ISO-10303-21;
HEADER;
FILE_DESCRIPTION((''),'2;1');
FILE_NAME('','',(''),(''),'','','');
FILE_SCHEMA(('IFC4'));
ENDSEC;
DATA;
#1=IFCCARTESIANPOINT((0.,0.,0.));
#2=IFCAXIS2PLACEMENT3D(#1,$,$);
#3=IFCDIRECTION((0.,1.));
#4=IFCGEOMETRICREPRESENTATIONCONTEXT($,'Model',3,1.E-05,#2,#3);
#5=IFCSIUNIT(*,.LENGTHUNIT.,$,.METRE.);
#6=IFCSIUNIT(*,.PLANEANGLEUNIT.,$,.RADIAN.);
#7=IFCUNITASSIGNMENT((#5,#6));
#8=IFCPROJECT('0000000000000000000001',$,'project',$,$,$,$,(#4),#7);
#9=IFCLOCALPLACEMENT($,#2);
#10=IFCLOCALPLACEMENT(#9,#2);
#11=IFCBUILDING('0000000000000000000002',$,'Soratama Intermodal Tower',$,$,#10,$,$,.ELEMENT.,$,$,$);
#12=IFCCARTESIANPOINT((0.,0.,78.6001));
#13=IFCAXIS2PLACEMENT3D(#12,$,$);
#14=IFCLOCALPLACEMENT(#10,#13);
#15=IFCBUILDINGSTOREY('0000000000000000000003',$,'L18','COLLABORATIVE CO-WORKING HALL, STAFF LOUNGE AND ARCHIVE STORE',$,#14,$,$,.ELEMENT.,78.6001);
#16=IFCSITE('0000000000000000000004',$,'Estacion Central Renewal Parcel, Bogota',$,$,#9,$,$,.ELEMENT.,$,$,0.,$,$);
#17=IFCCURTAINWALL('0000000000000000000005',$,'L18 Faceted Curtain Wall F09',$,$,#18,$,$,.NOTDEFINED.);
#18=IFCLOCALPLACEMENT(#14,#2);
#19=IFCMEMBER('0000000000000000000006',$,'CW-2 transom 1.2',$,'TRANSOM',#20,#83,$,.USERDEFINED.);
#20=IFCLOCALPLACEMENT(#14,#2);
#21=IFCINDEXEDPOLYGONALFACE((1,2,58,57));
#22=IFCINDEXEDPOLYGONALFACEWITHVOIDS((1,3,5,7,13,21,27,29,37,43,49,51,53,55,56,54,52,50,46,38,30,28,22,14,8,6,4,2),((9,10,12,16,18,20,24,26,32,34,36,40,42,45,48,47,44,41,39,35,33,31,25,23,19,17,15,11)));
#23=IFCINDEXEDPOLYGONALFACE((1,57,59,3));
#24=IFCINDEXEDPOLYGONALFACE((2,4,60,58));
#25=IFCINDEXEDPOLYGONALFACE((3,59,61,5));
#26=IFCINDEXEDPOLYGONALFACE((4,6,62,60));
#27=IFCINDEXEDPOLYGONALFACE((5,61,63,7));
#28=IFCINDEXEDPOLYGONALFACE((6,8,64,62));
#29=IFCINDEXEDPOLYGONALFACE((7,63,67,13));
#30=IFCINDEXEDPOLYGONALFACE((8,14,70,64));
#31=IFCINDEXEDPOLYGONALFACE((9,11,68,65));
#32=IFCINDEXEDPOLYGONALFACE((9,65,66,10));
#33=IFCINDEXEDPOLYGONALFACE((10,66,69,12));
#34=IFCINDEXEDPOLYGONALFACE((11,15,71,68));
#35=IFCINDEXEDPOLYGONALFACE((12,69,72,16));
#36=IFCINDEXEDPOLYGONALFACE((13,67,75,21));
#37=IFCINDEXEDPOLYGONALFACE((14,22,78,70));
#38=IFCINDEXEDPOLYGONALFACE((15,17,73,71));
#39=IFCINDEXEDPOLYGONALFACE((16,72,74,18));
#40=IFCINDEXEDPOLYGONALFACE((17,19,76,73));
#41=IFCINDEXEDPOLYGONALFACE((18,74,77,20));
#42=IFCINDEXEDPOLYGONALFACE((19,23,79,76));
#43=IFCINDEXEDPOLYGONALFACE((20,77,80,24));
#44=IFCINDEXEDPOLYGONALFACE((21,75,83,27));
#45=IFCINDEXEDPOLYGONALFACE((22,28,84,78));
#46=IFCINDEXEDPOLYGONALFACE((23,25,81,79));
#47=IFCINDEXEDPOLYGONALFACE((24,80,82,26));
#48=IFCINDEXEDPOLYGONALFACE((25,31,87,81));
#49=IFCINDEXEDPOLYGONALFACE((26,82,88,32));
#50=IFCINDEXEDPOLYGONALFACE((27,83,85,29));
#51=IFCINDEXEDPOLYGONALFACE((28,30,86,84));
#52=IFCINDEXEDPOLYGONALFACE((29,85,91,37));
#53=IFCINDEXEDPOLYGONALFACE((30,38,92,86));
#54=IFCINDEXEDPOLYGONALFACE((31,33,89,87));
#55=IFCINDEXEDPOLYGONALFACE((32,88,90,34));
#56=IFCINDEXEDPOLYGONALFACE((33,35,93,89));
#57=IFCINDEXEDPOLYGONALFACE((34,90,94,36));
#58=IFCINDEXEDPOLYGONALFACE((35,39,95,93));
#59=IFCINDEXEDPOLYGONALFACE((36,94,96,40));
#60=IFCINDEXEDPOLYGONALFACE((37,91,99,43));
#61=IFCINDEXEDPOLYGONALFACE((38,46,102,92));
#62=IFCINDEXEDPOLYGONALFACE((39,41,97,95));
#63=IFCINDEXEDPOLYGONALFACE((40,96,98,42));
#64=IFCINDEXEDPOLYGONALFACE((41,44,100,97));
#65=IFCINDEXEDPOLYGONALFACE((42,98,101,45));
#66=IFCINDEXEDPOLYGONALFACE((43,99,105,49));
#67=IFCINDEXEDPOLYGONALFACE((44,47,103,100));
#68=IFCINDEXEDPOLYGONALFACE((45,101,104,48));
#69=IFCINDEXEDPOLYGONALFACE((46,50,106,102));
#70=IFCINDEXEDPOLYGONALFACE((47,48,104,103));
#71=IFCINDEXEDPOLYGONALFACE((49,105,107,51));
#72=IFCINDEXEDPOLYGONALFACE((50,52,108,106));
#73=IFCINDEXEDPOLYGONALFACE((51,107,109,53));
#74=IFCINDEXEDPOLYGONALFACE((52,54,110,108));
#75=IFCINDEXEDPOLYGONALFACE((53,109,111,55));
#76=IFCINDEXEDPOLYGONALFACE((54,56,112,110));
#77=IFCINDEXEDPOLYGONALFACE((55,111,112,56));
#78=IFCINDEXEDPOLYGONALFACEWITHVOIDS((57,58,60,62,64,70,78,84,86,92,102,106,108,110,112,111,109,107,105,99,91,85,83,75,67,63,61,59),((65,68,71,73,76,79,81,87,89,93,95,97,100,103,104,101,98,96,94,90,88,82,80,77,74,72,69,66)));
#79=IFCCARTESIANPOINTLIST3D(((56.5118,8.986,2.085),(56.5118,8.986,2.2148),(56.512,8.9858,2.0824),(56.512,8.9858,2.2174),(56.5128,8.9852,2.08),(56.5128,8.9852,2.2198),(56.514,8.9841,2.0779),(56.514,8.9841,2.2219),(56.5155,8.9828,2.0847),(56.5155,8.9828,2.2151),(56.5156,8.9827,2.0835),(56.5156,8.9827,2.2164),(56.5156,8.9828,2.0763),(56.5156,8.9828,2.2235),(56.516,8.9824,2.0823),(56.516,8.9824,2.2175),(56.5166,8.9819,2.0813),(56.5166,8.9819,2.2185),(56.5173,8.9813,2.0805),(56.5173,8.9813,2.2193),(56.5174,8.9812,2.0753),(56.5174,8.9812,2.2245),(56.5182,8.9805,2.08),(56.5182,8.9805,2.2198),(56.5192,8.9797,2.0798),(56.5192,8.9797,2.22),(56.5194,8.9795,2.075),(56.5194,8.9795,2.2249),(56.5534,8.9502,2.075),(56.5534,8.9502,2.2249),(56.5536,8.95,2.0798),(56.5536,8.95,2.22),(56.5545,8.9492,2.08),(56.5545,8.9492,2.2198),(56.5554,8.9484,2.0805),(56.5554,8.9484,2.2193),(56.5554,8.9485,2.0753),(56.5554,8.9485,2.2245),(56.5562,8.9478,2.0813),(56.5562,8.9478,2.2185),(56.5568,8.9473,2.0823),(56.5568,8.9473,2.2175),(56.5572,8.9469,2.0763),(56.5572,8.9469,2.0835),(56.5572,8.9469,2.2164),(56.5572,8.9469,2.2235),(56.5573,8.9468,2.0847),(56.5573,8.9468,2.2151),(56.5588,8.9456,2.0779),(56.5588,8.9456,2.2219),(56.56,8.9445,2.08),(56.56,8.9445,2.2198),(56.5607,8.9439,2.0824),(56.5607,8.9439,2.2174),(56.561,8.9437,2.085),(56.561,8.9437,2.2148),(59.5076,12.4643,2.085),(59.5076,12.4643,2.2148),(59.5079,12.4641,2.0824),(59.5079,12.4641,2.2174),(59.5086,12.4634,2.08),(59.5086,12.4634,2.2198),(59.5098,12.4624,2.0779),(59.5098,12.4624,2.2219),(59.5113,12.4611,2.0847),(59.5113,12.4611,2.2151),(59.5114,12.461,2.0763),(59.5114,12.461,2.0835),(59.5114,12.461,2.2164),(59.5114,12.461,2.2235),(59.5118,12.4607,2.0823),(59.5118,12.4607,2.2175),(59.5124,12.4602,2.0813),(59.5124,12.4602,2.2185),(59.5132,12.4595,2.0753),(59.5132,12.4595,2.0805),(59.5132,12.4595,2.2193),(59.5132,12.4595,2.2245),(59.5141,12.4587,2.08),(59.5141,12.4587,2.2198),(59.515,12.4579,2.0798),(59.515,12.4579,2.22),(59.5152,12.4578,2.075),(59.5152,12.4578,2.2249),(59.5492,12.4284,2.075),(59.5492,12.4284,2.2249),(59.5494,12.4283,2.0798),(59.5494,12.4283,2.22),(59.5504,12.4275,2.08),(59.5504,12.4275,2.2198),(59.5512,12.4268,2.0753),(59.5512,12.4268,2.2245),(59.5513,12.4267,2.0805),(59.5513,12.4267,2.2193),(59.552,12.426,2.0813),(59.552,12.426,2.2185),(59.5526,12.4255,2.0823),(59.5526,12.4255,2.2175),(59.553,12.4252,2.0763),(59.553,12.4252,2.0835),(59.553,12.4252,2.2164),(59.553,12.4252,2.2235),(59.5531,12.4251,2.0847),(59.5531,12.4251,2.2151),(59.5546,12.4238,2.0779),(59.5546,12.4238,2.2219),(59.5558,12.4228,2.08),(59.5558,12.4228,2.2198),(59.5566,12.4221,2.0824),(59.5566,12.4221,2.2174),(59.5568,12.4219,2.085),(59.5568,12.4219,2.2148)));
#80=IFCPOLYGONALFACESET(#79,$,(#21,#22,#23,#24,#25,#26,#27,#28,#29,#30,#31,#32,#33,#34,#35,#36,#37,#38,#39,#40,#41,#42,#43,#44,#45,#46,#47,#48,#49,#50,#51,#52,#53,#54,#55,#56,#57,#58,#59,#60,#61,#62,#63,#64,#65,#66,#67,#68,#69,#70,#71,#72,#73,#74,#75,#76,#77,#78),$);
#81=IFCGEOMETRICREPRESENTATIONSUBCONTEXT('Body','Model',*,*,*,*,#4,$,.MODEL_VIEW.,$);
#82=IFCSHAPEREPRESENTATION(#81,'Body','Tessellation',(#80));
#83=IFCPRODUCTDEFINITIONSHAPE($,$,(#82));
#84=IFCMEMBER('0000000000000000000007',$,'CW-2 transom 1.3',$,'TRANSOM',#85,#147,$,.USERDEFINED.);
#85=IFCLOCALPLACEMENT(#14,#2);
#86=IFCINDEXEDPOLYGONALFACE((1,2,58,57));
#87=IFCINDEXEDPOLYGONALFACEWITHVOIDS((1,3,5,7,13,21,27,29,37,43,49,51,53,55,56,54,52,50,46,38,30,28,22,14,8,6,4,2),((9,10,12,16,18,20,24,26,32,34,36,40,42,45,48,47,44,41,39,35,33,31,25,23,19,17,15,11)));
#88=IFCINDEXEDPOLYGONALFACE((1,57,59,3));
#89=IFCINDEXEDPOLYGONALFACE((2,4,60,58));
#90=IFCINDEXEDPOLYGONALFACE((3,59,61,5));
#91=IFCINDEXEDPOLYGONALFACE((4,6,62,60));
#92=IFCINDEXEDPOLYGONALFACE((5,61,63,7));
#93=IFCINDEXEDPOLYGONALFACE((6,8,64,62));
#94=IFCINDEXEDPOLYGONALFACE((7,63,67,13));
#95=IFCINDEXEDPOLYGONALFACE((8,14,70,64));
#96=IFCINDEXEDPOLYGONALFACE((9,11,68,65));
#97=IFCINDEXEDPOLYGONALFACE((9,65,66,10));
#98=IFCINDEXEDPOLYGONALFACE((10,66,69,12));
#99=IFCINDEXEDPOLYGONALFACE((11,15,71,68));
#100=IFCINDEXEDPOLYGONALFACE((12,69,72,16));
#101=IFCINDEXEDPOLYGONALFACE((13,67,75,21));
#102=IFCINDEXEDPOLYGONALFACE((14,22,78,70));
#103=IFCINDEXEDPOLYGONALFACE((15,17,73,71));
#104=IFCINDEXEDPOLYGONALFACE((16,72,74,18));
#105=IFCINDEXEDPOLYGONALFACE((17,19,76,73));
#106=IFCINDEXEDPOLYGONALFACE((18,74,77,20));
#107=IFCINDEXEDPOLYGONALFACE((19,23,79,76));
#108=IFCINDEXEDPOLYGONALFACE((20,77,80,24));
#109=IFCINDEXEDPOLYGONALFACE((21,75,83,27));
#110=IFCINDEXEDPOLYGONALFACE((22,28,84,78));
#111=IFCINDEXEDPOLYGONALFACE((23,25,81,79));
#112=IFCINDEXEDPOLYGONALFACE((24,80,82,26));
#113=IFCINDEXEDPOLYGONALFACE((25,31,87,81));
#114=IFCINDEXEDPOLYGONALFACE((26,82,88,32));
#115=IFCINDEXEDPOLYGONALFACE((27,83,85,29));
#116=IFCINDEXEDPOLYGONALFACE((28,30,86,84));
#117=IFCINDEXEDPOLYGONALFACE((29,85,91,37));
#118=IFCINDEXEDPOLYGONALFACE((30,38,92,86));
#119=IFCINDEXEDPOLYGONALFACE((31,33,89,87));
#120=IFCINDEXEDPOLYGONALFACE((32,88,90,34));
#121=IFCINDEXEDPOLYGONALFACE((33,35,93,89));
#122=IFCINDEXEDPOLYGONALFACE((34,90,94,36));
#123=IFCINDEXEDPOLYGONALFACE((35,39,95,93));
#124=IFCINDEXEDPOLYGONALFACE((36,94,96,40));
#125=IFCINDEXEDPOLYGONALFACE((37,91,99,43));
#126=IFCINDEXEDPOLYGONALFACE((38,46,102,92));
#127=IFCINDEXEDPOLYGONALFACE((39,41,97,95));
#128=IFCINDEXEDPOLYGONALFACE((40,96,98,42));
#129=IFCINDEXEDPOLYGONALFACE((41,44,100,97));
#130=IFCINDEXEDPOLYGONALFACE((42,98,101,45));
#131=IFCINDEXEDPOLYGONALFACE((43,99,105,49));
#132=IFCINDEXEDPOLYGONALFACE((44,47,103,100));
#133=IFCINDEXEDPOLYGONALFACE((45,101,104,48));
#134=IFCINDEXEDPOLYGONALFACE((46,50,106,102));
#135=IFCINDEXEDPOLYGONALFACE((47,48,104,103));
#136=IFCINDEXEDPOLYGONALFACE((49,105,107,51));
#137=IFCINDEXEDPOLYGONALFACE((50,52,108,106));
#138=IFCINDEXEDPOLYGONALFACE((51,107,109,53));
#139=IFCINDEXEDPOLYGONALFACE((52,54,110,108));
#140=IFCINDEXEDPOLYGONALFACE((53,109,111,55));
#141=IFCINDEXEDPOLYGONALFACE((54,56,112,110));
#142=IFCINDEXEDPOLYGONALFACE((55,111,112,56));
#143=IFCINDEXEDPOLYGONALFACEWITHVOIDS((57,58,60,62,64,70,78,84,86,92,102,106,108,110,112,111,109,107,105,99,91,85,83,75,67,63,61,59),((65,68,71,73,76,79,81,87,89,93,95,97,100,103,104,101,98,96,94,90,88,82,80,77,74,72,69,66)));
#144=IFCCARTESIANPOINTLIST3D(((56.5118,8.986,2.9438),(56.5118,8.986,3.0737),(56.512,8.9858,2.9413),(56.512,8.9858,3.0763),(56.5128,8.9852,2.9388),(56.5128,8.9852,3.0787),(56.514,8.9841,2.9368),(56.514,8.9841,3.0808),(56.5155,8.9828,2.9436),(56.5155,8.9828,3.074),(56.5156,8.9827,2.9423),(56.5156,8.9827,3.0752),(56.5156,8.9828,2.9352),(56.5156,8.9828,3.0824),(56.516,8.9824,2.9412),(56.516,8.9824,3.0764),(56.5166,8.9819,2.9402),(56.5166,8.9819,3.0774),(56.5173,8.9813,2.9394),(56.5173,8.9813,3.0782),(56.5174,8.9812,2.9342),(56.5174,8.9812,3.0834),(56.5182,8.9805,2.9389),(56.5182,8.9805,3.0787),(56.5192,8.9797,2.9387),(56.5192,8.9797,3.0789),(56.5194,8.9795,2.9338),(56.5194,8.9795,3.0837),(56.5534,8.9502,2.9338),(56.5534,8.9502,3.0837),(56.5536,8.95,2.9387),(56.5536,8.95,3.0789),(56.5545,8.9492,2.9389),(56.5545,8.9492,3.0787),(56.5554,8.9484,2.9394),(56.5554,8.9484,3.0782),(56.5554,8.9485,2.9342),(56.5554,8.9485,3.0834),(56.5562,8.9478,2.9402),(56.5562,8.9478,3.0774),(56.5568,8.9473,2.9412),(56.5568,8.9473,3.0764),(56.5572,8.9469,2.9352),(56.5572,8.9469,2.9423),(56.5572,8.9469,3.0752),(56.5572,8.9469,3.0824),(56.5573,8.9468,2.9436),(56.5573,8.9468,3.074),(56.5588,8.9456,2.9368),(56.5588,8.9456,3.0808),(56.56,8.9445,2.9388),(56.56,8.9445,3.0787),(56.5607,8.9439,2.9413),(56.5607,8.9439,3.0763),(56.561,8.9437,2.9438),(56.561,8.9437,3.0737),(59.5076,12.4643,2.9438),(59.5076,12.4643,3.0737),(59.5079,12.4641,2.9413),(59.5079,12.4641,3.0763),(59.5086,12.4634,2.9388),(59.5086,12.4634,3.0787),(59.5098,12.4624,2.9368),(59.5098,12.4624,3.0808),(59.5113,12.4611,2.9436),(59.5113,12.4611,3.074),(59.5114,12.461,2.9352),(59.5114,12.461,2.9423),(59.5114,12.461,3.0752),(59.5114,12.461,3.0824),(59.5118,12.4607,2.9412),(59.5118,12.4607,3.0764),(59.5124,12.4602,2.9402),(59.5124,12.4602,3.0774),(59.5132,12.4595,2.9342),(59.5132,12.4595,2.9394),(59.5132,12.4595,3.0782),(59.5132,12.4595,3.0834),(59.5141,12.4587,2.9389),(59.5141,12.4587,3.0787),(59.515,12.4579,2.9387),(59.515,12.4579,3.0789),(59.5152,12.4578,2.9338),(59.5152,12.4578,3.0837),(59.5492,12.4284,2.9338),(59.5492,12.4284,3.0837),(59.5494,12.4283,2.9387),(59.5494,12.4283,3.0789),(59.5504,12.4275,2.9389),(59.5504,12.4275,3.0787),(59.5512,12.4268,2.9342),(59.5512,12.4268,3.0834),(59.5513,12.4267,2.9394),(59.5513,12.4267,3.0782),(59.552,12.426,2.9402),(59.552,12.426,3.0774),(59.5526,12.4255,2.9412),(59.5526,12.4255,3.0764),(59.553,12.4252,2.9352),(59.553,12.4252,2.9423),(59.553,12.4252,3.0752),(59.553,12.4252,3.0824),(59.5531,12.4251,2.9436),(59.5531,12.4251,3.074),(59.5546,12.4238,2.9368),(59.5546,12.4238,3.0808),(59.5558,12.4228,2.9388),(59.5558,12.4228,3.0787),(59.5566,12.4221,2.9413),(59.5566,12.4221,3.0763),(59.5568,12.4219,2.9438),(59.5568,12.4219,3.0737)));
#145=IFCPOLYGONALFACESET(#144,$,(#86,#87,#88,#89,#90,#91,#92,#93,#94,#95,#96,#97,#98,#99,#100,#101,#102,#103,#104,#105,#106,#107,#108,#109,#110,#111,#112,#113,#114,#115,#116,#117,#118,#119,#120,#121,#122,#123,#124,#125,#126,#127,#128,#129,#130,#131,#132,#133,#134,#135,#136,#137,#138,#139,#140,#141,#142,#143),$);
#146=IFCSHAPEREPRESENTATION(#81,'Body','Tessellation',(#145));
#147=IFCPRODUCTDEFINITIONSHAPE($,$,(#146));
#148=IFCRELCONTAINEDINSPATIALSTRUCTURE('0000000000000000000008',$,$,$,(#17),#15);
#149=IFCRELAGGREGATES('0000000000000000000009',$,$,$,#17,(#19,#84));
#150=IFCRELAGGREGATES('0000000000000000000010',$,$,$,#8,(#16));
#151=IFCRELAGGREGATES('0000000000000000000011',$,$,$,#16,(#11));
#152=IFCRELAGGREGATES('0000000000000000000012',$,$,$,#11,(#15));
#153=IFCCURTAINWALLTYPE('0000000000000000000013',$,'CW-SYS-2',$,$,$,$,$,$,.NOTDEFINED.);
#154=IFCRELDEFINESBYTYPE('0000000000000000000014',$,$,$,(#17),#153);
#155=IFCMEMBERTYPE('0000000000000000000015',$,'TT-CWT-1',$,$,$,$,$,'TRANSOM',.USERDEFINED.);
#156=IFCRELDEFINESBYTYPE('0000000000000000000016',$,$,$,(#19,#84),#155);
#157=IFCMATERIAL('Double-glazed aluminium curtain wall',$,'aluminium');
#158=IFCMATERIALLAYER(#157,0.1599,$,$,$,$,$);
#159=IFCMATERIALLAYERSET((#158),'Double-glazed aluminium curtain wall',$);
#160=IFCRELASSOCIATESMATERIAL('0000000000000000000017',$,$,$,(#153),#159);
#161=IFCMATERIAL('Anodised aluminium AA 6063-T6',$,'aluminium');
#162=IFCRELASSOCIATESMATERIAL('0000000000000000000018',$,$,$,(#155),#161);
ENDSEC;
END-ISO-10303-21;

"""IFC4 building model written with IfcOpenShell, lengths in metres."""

from ifc_helpers import new_model, si_unit, direction, frame, origin, origin_2d, place, context, subcontext, project, spatial, hollow_rectangle, extrude, material, layer, layer_set, material_profile, profile_set, type_object, element, aggregate, save


model = new_model("IFC4")

# Units and contexts
model_context = context("Model", 3, precision=1e-05, world=origin(), true_north=direction((0.0, 1.0)))
body_context = subcontext(model_context, "Body", "Model", "MODEL_VIEW")
ifc_project = project(units=[si_unit("LENGTHUNIT", "METRE"), si_unit("PLANEANGLEUNIT", "RADIAN")], contexts=[model_context])

# Site, building, storey
site_placement = place(None, origin())
site = spatial("IfcSite", under=ifc_project, at=site_placement, Name="Estacion Central Renewal Parcel, Bogota", CompositionType="ELEMENT", RefElevation=0.0)
building_placement = place(site_placement, origin())
building = spatial("IfcBuilding", under=site, at=building_placement, Name="Soratama Intermodal Tower", CompositionType="ELEMENT")
storey_placement = place(building_placement, frame((0.0, 0.0, 78.6001)))
storey = spatial("IfcBuildingStorey", under=building, at=storey_placement, Name="L18", Description="COLLABORATIVE CO-WORKING HALL, STAFF LOUNGE AND ARCHIVE STORE", CompositionType="ELEMENT", Elevation=78.6001)

# Curtain wall, members
ifc_material_1 = material(Name="Double-glazed aluminium curtain wall", Category="aluminium")
ifc_layer_1 = layer(ifc_material_1, 0.1599)
ifc_layer_set_1 = layer_set([ifc_layer_1], Name="Double-glazed aluminium curtain wall")
curtain_wall_type = type_object("IfcCurtainWallType", Name="CW-SYS-2", PredefinedType="NOTDEFINED", material=ifc_layer_set_1)
curtain_wall_placement = place(storey_placement, origin())
curtain_wall = element("IfcCurtainWall", 1, at=curtain_wall_placement, inside=storey, type_object=curtain_wall_type, Name="L18 Faceted Curtain Wall F09", PredefinedType="NOTDEFINED")
ifc_material_2 = material(Name="Anodised aluminium AA 6063-T6", Category="aluminium")
ifc_material_profile_1 = material_profile(ifc_material_2, hollow_rectangle(XDim=0.0649, YDim=0.1499, WallThickness=0.0049, InnerFilletRadius=0.0049, OuterFilletRadius=0.01, at=origin_2d()), Name="CWT150X65X5")
ifc_profile_set_1 = profile_set([ifc_material_profile_1], Name="Anodised aluminium AA 6063-T6")
member_type_1 = type_object("IfcMemberType", Name="TT-CWT-1", ElementType="TRANSOM", PredefinedType="USERDEFINED", material=ifc_profile_set_1)
member_1_placement = place(storey_placement, frame((56.5364, 8.9648, 2.1499), z_axis=(0.652607, 0.757696, 0.0), x_axis=(-0.757696, 0.652607, 0.0)))
member_1 = element("IfcMember", 2, at=member_1_placement, type_object=member_type_1, Name="CW-2 transom 1.2", ObjectType="TRANSOM", PredefinedType="USERDEFINED", context=body_context, shape_type="SweptSolid", body=[
    extrude(hollow_rectangle(XDim=0.0649, YDim=0.1499, WallThickness=0.0049, InnerFilletRadius=0.0049, OuterFilletRadius=0.01, at=origin_2d()), origin(), (0.0, 0.0, 1.0), 4.5906),
])
member_2_placement = place(storey_placement, frame((56.5364, 8.9648, 3.0088), z_axis=(0.652607, 0.757696, 0.0), x_axis=(-0.757696, 0.652607, 0.0)))
member_2 = element("IfcMember", 3, at=member_2_placement, type_object=member_type_1, Name="CW-2 transom 1.3", ObjectType="TRANSOM", PredefinedType="USERDEFINED", context=body_context, shape_type="SweptSolid", body=[
    extrude(hollow_rectangle(XDim=0.0649, YDim=0.1499, WallThickness=0.0049, InnerFilletRadius=0.0049, OuterFilletRadius=0.01, at=origin_2d()), origin(), (0.0, 0.0, 1.0), 4.5906),
])
aggregate(curtain_wall, [member_1, member_2])

save(model, "model.ifc")
